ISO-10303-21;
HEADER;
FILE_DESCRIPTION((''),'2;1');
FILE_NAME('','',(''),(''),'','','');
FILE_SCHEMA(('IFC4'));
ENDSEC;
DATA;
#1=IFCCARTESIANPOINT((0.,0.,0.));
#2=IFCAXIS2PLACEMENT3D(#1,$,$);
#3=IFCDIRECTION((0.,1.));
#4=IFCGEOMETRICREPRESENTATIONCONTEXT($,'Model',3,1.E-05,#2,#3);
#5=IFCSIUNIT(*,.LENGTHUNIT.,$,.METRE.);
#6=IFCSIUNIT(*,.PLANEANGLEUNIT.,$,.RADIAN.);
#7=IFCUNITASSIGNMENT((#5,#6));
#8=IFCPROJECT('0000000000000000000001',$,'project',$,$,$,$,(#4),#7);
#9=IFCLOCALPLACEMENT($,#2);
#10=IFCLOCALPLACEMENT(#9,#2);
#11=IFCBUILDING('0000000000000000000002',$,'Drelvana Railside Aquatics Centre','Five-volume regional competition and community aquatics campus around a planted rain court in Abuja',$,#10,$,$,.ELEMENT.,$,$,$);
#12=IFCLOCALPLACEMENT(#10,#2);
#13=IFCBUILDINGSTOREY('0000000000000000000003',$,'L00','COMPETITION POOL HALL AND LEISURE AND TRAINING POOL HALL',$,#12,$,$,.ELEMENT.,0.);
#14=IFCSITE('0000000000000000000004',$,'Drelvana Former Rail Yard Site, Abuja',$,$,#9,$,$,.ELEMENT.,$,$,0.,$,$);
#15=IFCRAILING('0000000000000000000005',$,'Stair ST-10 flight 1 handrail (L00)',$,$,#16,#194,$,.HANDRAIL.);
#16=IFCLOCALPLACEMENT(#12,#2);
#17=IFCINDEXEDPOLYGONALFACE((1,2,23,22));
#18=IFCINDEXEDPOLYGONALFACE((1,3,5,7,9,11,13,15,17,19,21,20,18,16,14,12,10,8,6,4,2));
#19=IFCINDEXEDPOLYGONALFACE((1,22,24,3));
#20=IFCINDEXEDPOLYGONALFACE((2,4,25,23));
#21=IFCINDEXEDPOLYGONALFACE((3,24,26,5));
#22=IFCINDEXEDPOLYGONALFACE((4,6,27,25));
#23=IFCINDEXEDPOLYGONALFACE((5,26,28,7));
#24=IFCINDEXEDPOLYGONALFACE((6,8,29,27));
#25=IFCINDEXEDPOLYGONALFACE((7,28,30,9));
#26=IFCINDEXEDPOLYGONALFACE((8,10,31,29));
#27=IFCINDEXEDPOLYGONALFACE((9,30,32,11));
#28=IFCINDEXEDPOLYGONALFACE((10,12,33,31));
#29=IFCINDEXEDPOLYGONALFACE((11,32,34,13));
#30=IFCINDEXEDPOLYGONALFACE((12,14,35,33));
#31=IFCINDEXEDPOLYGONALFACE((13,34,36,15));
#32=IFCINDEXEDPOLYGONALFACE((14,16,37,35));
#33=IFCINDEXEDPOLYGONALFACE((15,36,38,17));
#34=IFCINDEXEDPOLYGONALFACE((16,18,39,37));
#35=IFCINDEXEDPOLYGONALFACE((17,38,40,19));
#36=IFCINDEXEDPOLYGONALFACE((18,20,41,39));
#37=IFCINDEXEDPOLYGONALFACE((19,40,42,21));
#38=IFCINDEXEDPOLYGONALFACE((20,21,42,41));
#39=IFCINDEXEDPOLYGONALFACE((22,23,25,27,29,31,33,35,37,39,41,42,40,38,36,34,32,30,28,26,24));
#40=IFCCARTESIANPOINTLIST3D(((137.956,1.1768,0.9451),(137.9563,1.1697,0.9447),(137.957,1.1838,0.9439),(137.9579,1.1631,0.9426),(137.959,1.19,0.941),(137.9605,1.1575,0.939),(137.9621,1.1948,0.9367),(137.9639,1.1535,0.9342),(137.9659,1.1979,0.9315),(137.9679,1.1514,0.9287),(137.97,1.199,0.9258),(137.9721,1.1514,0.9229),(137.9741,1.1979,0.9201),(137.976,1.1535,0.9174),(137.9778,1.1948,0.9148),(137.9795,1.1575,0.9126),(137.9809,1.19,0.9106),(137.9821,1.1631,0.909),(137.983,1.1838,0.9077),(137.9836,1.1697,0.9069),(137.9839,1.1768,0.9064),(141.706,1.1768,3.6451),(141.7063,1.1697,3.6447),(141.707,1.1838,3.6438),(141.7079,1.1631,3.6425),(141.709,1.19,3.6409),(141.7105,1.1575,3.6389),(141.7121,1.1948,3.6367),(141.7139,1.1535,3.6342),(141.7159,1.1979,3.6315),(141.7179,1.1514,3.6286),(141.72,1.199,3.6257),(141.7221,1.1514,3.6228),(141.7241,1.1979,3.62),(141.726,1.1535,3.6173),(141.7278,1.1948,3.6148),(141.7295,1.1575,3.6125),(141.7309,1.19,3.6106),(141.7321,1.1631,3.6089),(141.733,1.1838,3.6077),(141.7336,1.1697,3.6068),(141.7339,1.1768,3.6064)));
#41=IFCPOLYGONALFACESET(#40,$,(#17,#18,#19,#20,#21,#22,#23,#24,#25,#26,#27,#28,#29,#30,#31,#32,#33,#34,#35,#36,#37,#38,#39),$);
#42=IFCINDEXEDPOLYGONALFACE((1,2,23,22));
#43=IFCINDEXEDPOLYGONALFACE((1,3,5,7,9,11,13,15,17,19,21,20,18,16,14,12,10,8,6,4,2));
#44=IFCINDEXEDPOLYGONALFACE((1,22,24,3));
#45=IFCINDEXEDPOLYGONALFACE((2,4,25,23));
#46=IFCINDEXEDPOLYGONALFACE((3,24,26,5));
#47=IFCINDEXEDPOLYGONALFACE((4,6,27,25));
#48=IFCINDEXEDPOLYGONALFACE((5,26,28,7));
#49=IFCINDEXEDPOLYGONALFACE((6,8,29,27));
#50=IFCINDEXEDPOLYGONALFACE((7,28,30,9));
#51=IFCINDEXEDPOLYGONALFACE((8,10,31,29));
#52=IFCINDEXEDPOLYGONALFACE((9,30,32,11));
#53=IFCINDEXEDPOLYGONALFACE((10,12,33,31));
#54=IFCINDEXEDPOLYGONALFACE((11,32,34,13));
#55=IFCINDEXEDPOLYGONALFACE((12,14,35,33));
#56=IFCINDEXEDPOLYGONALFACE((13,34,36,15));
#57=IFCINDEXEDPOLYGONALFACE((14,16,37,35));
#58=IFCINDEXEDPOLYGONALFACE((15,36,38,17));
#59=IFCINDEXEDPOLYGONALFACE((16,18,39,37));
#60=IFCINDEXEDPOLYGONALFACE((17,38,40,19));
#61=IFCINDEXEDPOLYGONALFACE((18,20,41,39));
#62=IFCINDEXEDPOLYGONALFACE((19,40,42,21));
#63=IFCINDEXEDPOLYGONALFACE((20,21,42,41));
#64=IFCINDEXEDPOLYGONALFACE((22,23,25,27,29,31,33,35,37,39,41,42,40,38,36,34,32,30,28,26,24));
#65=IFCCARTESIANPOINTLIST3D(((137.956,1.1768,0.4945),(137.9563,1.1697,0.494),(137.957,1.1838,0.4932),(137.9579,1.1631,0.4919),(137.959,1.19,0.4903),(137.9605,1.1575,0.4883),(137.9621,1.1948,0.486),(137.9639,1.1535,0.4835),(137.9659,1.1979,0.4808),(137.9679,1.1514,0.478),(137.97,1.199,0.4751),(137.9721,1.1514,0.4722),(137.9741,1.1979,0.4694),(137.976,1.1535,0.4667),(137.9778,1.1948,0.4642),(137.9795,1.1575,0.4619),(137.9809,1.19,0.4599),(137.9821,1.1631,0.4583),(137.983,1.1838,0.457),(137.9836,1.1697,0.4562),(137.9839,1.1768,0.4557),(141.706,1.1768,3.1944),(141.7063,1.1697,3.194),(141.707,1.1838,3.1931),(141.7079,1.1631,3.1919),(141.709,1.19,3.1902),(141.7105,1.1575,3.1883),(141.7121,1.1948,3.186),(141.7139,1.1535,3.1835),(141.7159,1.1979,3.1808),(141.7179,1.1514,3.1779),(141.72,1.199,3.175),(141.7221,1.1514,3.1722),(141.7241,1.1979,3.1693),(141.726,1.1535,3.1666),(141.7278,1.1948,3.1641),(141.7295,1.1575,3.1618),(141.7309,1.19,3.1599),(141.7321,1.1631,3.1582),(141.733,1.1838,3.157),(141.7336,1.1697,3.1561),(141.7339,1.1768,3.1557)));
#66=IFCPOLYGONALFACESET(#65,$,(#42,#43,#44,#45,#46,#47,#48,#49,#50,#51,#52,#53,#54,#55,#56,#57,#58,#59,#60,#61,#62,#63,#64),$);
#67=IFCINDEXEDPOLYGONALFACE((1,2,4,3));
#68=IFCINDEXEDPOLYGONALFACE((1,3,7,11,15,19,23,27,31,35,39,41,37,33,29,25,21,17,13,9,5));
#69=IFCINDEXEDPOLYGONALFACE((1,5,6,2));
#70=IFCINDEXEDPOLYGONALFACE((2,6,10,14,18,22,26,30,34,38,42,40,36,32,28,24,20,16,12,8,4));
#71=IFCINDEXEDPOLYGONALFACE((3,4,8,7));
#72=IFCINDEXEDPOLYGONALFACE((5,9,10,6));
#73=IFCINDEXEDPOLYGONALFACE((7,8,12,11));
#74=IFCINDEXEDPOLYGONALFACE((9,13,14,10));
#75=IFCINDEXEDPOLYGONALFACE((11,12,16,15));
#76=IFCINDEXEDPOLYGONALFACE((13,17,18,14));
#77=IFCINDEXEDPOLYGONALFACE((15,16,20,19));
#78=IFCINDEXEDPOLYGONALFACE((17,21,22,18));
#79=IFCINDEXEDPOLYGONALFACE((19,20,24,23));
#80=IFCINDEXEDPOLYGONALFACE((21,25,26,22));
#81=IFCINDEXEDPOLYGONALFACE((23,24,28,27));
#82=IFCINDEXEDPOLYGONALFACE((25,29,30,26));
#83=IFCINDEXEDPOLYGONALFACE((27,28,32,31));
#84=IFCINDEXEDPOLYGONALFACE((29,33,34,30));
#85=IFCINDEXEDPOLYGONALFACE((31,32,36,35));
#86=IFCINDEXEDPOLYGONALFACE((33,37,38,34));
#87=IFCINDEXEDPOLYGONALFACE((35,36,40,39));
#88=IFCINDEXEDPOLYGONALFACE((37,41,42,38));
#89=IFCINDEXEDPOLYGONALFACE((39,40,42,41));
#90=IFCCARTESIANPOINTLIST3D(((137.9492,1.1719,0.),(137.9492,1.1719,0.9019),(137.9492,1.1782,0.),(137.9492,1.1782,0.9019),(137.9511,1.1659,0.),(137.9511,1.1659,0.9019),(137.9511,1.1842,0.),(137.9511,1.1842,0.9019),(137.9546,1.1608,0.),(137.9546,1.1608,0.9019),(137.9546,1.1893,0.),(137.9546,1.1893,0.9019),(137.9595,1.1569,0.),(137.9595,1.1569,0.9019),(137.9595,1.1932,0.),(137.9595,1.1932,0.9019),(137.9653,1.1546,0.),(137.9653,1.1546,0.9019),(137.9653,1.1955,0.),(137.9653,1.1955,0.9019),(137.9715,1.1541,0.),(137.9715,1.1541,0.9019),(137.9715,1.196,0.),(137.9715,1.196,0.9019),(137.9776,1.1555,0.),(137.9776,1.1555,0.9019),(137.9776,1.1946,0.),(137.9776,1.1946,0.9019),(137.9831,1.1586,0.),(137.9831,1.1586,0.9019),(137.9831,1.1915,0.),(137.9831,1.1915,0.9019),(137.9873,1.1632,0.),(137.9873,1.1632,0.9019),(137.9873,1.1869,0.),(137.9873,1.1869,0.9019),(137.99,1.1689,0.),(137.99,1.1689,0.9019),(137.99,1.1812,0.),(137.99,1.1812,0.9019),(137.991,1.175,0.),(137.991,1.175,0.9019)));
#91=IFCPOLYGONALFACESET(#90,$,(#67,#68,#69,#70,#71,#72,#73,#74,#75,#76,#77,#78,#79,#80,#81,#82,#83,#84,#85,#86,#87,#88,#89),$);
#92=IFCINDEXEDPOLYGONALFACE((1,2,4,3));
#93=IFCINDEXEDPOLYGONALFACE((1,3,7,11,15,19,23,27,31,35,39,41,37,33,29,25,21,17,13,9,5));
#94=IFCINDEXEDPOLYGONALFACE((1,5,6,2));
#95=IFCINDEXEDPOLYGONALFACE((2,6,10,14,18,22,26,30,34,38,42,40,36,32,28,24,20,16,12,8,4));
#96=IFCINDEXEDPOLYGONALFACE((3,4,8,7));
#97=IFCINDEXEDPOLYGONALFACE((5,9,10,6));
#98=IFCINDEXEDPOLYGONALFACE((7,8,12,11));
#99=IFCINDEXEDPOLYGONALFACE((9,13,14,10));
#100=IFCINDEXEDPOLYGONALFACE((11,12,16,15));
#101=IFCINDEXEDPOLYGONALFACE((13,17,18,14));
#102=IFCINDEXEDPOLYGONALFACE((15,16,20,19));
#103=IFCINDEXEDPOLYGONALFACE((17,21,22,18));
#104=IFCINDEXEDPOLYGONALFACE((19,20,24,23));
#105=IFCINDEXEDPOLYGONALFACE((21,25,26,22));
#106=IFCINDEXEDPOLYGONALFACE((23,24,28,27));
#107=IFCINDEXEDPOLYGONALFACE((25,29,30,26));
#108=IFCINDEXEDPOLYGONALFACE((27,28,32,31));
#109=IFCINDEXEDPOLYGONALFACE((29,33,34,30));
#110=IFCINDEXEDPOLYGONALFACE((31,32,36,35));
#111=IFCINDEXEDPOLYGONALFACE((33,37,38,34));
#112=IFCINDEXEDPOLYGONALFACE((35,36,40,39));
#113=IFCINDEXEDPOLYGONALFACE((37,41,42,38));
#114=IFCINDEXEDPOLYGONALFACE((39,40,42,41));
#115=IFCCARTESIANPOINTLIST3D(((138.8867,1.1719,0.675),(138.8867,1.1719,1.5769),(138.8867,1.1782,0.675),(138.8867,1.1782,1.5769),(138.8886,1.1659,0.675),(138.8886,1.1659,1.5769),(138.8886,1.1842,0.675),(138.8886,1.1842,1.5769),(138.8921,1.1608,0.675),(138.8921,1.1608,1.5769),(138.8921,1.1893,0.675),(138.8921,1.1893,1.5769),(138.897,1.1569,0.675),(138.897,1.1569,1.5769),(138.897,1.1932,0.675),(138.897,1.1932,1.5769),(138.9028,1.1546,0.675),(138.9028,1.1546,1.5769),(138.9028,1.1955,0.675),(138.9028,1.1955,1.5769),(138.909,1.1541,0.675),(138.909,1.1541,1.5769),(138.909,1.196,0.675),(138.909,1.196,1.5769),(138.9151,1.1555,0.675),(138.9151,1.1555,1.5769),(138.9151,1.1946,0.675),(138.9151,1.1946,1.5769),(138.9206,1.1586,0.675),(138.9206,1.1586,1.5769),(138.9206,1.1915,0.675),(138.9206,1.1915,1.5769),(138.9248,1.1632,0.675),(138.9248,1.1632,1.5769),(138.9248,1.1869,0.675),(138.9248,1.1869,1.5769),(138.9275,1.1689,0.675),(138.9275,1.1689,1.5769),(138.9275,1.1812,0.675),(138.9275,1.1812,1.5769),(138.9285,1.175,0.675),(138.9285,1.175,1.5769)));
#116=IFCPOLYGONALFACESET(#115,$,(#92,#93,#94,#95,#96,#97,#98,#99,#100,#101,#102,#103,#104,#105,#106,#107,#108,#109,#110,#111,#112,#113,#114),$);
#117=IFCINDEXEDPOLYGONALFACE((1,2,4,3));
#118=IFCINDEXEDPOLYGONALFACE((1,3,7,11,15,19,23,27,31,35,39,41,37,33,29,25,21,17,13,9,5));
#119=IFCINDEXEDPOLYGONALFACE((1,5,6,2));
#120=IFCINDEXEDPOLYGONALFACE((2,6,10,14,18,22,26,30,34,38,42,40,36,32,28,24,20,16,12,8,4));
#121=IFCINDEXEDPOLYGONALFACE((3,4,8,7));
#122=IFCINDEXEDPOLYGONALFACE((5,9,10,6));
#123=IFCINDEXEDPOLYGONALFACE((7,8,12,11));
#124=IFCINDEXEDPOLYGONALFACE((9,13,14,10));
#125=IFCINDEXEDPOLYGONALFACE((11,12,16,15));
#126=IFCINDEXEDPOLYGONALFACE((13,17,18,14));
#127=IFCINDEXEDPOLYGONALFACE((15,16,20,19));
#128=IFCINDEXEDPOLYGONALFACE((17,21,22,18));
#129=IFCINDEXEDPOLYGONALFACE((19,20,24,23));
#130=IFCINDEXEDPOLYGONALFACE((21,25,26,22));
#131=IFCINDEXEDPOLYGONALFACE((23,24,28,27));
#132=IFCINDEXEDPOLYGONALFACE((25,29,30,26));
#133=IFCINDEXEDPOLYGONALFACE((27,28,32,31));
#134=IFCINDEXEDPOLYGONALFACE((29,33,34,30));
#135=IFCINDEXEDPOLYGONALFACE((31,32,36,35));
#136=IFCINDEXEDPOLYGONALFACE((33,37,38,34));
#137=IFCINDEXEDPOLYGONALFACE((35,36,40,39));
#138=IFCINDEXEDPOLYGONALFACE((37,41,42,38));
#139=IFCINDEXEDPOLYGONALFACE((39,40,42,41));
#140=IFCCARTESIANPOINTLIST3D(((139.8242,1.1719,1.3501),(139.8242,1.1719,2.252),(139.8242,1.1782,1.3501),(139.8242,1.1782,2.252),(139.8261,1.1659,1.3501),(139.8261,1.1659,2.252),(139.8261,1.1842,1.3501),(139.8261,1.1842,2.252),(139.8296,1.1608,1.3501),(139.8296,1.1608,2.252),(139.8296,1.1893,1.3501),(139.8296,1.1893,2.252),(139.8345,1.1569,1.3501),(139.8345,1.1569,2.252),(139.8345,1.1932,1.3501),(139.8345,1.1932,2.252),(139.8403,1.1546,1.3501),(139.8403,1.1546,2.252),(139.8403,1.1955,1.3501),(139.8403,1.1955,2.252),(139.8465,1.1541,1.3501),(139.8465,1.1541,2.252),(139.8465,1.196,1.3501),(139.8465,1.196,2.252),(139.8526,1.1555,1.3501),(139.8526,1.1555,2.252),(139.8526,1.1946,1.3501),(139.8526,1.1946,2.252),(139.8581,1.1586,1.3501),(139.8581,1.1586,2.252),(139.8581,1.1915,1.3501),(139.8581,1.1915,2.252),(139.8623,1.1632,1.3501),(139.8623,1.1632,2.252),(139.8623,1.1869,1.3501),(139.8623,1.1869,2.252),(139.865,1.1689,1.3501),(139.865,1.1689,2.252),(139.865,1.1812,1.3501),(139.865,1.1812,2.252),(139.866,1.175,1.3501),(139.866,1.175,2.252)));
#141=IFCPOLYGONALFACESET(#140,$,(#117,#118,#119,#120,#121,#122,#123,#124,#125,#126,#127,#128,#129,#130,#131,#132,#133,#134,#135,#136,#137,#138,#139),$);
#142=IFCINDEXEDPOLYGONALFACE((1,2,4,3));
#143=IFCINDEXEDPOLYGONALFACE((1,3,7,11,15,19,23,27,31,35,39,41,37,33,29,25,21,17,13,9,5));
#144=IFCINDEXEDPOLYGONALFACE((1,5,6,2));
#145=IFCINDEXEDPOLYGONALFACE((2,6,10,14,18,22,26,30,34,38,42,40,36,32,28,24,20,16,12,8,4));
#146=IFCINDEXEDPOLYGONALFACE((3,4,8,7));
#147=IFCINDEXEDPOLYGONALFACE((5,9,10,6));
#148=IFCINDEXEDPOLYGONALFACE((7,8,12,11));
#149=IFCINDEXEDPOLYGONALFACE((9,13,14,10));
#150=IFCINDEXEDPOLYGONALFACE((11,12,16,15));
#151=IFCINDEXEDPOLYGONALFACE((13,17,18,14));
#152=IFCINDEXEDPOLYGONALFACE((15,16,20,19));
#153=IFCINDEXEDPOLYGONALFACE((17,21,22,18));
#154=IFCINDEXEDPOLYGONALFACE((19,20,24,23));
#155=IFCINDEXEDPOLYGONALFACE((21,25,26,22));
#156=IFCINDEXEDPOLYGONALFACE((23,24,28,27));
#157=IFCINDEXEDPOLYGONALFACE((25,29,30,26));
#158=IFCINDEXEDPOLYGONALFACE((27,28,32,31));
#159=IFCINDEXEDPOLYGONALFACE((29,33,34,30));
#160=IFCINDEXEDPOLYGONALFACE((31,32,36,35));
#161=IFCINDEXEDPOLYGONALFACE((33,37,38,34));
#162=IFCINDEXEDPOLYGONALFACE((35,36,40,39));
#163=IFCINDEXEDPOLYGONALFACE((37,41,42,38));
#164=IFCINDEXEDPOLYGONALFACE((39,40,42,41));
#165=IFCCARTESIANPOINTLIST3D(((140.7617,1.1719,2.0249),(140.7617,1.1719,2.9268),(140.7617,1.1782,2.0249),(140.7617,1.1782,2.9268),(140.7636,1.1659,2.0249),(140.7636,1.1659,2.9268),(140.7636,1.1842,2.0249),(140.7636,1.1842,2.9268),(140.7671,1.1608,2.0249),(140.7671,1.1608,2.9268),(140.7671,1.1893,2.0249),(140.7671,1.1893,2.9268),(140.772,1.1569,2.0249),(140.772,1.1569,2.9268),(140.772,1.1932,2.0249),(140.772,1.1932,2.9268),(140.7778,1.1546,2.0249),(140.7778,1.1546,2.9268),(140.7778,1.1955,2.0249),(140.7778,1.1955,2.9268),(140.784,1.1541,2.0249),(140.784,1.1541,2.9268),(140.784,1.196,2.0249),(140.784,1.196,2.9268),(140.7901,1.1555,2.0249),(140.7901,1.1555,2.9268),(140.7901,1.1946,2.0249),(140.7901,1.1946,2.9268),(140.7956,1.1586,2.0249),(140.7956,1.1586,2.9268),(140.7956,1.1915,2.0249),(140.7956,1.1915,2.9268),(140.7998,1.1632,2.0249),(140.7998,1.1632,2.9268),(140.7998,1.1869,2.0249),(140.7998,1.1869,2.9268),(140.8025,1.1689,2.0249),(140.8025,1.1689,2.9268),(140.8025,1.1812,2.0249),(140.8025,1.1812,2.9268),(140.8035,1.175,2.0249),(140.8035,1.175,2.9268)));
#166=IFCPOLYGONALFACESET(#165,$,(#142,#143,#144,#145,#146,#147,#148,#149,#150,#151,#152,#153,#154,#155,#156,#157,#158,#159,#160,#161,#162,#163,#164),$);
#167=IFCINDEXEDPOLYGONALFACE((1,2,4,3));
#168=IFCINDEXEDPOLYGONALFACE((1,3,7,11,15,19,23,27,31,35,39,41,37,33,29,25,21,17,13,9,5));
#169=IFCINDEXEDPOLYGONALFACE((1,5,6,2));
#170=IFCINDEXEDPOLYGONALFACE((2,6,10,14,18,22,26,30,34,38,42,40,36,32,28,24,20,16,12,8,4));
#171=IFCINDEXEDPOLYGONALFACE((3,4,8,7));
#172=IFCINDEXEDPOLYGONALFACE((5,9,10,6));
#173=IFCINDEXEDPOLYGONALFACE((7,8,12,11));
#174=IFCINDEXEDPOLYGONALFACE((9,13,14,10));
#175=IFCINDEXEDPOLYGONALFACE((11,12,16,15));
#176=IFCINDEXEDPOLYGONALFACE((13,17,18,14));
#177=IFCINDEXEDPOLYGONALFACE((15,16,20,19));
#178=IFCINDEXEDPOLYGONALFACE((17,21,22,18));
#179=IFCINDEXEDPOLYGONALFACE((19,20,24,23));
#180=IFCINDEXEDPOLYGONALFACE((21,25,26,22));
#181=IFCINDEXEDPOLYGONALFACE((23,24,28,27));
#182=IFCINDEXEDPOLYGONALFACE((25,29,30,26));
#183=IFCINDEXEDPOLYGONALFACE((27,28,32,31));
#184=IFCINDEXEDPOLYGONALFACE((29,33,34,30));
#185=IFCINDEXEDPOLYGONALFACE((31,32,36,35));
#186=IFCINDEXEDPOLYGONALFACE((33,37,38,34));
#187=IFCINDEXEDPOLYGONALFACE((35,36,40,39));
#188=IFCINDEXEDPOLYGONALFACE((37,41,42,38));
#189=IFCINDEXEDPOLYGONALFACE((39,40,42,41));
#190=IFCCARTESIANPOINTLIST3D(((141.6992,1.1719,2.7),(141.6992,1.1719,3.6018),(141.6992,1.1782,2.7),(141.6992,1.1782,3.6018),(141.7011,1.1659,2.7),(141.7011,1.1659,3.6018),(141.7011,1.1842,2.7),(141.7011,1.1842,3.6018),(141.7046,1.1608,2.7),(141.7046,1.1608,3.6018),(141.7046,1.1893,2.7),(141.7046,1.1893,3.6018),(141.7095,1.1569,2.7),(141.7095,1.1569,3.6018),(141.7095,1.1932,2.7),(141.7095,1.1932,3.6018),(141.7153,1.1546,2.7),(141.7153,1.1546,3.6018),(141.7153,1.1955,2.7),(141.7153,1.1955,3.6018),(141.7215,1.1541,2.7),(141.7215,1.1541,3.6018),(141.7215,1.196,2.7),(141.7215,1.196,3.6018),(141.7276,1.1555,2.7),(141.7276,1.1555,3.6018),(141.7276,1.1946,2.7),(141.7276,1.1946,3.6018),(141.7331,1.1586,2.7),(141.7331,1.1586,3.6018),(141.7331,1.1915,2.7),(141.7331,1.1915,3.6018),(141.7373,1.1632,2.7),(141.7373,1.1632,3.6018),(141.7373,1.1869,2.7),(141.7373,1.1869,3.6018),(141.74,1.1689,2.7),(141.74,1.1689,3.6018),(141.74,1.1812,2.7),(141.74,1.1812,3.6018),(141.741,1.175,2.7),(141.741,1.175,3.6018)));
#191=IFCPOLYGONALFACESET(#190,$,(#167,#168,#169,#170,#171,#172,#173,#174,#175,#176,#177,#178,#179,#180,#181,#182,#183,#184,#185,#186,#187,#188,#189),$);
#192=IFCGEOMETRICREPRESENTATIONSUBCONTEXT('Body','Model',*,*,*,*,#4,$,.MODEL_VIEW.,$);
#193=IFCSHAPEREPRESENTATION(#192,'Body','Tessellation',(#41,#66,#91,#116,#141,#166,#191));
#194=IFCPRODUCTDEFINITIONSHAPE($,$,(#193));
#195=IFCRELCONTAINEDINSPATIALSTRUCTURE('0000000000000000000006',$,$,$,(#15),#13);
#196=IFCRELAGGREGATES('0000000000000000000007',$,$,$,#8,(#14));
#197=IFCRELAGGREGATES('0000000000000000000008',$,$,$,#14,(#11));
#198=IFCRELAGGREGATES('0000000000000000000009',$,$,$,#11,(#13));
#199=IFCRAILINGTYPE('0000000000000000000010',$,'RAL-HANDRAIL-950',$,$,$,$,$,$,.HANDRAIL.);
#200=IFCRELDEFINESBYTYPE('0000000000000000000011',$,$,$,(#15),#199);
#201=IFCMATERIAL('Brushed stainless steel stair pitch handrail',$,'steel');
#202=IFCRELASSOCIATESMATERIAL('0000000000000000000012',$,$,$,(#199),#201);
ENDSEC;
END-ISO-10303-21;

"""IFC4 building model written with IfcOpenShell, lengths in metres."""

from ifc_helpers import new_model, si_unit, direction, frame, origin, origin_2d, place, context, subcontext, project, spatial, circle, extrude, material, type_object, element, save


model = new_model("IFC4")

# Units and contexts
model_context = context("Model", 3, precision=1e-05, world=origin(), true_north=direction((0.0, 1.0)))
body_context = subcontext(model_context, "Body", "Model", "MODEL_VIEW")
ifc_project = project(units=[si_unit("LENGTHUNIT", "METRE"), si_unit("PLANEANGLEUNIT", "RADIAN")], contexts=[model_context])

# Site, building, storey
site_placement = place(None, origin())
site = spatial("IfcSite", under=ifc_project, at=site_placement, Name="Drelvana Former Rail Yard Site, Abuja", CompositionType="ELEMENT", RefElevation=0.0)
building_placement = place(site_placement, origin())
building = spatial("IfcBuilding", under=site, at=building_placement, Name="Drelvana Railside Aquatics Centre", Description="Five-volume regional competition and community aquatics campus around a planted rain court in Abuja", CompositionType="ELEMENT")
storey_placement = place(building_placement, origin())
storey = spatial("IfcBuildingStorey", under=building, at=storey_placement, Name="L00", Description="COMPETITION POOL HALL AND LEISURE AND TRAINING POOL HALL", CompositionType="ELEMENT", Elevation=0.0)

# Railing
ifc_material_1 = material(Name="Brushed stainless steel stair pitch handrail", Category="steel")
railing_type = type_object("IfcRailingType", Name="RAL-HANDRAIL-950", PredefinedType="HANDRAIL", material=ifc_material_1)
railing_1_placement = place(storey_placement, frame((137.97, 1.175, 0.0)))
element("IfcRailing", 1, at=railing_1_placement, inside=storey, type_object=railing_type, Name="Stair ST-10 flight 1 handrail (L00)", PredefinedType="HANDRAIL", context=body_context, shape_type="SweptSolid", body=[
    extrude(circle(Radius=0.0239, at=origin_2d()), frame((0.0, 0.0, 0.9258), z_axis=(0.811539, 0.0, 0.584298), x_axis=(0.0, 1.0, 0.0)), (0.0, 0.0, 1.0), 4.6208),
    extrude(circle(Radius=0.0239, at=origin_2d()), frame((0.0, 0.0, 0.4751), z_axis=(0.811539, 0.0, 0.584298), x_axis=(0.0, 1.0, 0.0)), (0.0, 0.0, 1.0), 4.6208),
    extrude(circle(Radius=0.021, at=origin_2d()), origin(), (0.0, 0.0, 1.0), 0.9019),
    extrude(circle(Radius=0.021, at=origin_2d()), frame((0.9375, 0.0, 0.675)), (0.0, 0.0, 1.0), 0.9019),
    extrude(circle(Radius=0.021, at=origin_2d()), frame((1.875, 0.0, 1.3501)), (0.0, 0.0, 1.0), 0.9019),
    extrude(circle(Radius=0.021, at=origin_2d()), frame((2.8125, 0.0, 2.0249)), (0.0, 0.0, 1.0), 0.9019),
    extrude(circle(Radius=0.021, at=origin_2d()), frame((3.75, 0.0, 2.7)), (0.0, 0.0, 1.0), 0.9019),
])

save(model, "model.ifc")
